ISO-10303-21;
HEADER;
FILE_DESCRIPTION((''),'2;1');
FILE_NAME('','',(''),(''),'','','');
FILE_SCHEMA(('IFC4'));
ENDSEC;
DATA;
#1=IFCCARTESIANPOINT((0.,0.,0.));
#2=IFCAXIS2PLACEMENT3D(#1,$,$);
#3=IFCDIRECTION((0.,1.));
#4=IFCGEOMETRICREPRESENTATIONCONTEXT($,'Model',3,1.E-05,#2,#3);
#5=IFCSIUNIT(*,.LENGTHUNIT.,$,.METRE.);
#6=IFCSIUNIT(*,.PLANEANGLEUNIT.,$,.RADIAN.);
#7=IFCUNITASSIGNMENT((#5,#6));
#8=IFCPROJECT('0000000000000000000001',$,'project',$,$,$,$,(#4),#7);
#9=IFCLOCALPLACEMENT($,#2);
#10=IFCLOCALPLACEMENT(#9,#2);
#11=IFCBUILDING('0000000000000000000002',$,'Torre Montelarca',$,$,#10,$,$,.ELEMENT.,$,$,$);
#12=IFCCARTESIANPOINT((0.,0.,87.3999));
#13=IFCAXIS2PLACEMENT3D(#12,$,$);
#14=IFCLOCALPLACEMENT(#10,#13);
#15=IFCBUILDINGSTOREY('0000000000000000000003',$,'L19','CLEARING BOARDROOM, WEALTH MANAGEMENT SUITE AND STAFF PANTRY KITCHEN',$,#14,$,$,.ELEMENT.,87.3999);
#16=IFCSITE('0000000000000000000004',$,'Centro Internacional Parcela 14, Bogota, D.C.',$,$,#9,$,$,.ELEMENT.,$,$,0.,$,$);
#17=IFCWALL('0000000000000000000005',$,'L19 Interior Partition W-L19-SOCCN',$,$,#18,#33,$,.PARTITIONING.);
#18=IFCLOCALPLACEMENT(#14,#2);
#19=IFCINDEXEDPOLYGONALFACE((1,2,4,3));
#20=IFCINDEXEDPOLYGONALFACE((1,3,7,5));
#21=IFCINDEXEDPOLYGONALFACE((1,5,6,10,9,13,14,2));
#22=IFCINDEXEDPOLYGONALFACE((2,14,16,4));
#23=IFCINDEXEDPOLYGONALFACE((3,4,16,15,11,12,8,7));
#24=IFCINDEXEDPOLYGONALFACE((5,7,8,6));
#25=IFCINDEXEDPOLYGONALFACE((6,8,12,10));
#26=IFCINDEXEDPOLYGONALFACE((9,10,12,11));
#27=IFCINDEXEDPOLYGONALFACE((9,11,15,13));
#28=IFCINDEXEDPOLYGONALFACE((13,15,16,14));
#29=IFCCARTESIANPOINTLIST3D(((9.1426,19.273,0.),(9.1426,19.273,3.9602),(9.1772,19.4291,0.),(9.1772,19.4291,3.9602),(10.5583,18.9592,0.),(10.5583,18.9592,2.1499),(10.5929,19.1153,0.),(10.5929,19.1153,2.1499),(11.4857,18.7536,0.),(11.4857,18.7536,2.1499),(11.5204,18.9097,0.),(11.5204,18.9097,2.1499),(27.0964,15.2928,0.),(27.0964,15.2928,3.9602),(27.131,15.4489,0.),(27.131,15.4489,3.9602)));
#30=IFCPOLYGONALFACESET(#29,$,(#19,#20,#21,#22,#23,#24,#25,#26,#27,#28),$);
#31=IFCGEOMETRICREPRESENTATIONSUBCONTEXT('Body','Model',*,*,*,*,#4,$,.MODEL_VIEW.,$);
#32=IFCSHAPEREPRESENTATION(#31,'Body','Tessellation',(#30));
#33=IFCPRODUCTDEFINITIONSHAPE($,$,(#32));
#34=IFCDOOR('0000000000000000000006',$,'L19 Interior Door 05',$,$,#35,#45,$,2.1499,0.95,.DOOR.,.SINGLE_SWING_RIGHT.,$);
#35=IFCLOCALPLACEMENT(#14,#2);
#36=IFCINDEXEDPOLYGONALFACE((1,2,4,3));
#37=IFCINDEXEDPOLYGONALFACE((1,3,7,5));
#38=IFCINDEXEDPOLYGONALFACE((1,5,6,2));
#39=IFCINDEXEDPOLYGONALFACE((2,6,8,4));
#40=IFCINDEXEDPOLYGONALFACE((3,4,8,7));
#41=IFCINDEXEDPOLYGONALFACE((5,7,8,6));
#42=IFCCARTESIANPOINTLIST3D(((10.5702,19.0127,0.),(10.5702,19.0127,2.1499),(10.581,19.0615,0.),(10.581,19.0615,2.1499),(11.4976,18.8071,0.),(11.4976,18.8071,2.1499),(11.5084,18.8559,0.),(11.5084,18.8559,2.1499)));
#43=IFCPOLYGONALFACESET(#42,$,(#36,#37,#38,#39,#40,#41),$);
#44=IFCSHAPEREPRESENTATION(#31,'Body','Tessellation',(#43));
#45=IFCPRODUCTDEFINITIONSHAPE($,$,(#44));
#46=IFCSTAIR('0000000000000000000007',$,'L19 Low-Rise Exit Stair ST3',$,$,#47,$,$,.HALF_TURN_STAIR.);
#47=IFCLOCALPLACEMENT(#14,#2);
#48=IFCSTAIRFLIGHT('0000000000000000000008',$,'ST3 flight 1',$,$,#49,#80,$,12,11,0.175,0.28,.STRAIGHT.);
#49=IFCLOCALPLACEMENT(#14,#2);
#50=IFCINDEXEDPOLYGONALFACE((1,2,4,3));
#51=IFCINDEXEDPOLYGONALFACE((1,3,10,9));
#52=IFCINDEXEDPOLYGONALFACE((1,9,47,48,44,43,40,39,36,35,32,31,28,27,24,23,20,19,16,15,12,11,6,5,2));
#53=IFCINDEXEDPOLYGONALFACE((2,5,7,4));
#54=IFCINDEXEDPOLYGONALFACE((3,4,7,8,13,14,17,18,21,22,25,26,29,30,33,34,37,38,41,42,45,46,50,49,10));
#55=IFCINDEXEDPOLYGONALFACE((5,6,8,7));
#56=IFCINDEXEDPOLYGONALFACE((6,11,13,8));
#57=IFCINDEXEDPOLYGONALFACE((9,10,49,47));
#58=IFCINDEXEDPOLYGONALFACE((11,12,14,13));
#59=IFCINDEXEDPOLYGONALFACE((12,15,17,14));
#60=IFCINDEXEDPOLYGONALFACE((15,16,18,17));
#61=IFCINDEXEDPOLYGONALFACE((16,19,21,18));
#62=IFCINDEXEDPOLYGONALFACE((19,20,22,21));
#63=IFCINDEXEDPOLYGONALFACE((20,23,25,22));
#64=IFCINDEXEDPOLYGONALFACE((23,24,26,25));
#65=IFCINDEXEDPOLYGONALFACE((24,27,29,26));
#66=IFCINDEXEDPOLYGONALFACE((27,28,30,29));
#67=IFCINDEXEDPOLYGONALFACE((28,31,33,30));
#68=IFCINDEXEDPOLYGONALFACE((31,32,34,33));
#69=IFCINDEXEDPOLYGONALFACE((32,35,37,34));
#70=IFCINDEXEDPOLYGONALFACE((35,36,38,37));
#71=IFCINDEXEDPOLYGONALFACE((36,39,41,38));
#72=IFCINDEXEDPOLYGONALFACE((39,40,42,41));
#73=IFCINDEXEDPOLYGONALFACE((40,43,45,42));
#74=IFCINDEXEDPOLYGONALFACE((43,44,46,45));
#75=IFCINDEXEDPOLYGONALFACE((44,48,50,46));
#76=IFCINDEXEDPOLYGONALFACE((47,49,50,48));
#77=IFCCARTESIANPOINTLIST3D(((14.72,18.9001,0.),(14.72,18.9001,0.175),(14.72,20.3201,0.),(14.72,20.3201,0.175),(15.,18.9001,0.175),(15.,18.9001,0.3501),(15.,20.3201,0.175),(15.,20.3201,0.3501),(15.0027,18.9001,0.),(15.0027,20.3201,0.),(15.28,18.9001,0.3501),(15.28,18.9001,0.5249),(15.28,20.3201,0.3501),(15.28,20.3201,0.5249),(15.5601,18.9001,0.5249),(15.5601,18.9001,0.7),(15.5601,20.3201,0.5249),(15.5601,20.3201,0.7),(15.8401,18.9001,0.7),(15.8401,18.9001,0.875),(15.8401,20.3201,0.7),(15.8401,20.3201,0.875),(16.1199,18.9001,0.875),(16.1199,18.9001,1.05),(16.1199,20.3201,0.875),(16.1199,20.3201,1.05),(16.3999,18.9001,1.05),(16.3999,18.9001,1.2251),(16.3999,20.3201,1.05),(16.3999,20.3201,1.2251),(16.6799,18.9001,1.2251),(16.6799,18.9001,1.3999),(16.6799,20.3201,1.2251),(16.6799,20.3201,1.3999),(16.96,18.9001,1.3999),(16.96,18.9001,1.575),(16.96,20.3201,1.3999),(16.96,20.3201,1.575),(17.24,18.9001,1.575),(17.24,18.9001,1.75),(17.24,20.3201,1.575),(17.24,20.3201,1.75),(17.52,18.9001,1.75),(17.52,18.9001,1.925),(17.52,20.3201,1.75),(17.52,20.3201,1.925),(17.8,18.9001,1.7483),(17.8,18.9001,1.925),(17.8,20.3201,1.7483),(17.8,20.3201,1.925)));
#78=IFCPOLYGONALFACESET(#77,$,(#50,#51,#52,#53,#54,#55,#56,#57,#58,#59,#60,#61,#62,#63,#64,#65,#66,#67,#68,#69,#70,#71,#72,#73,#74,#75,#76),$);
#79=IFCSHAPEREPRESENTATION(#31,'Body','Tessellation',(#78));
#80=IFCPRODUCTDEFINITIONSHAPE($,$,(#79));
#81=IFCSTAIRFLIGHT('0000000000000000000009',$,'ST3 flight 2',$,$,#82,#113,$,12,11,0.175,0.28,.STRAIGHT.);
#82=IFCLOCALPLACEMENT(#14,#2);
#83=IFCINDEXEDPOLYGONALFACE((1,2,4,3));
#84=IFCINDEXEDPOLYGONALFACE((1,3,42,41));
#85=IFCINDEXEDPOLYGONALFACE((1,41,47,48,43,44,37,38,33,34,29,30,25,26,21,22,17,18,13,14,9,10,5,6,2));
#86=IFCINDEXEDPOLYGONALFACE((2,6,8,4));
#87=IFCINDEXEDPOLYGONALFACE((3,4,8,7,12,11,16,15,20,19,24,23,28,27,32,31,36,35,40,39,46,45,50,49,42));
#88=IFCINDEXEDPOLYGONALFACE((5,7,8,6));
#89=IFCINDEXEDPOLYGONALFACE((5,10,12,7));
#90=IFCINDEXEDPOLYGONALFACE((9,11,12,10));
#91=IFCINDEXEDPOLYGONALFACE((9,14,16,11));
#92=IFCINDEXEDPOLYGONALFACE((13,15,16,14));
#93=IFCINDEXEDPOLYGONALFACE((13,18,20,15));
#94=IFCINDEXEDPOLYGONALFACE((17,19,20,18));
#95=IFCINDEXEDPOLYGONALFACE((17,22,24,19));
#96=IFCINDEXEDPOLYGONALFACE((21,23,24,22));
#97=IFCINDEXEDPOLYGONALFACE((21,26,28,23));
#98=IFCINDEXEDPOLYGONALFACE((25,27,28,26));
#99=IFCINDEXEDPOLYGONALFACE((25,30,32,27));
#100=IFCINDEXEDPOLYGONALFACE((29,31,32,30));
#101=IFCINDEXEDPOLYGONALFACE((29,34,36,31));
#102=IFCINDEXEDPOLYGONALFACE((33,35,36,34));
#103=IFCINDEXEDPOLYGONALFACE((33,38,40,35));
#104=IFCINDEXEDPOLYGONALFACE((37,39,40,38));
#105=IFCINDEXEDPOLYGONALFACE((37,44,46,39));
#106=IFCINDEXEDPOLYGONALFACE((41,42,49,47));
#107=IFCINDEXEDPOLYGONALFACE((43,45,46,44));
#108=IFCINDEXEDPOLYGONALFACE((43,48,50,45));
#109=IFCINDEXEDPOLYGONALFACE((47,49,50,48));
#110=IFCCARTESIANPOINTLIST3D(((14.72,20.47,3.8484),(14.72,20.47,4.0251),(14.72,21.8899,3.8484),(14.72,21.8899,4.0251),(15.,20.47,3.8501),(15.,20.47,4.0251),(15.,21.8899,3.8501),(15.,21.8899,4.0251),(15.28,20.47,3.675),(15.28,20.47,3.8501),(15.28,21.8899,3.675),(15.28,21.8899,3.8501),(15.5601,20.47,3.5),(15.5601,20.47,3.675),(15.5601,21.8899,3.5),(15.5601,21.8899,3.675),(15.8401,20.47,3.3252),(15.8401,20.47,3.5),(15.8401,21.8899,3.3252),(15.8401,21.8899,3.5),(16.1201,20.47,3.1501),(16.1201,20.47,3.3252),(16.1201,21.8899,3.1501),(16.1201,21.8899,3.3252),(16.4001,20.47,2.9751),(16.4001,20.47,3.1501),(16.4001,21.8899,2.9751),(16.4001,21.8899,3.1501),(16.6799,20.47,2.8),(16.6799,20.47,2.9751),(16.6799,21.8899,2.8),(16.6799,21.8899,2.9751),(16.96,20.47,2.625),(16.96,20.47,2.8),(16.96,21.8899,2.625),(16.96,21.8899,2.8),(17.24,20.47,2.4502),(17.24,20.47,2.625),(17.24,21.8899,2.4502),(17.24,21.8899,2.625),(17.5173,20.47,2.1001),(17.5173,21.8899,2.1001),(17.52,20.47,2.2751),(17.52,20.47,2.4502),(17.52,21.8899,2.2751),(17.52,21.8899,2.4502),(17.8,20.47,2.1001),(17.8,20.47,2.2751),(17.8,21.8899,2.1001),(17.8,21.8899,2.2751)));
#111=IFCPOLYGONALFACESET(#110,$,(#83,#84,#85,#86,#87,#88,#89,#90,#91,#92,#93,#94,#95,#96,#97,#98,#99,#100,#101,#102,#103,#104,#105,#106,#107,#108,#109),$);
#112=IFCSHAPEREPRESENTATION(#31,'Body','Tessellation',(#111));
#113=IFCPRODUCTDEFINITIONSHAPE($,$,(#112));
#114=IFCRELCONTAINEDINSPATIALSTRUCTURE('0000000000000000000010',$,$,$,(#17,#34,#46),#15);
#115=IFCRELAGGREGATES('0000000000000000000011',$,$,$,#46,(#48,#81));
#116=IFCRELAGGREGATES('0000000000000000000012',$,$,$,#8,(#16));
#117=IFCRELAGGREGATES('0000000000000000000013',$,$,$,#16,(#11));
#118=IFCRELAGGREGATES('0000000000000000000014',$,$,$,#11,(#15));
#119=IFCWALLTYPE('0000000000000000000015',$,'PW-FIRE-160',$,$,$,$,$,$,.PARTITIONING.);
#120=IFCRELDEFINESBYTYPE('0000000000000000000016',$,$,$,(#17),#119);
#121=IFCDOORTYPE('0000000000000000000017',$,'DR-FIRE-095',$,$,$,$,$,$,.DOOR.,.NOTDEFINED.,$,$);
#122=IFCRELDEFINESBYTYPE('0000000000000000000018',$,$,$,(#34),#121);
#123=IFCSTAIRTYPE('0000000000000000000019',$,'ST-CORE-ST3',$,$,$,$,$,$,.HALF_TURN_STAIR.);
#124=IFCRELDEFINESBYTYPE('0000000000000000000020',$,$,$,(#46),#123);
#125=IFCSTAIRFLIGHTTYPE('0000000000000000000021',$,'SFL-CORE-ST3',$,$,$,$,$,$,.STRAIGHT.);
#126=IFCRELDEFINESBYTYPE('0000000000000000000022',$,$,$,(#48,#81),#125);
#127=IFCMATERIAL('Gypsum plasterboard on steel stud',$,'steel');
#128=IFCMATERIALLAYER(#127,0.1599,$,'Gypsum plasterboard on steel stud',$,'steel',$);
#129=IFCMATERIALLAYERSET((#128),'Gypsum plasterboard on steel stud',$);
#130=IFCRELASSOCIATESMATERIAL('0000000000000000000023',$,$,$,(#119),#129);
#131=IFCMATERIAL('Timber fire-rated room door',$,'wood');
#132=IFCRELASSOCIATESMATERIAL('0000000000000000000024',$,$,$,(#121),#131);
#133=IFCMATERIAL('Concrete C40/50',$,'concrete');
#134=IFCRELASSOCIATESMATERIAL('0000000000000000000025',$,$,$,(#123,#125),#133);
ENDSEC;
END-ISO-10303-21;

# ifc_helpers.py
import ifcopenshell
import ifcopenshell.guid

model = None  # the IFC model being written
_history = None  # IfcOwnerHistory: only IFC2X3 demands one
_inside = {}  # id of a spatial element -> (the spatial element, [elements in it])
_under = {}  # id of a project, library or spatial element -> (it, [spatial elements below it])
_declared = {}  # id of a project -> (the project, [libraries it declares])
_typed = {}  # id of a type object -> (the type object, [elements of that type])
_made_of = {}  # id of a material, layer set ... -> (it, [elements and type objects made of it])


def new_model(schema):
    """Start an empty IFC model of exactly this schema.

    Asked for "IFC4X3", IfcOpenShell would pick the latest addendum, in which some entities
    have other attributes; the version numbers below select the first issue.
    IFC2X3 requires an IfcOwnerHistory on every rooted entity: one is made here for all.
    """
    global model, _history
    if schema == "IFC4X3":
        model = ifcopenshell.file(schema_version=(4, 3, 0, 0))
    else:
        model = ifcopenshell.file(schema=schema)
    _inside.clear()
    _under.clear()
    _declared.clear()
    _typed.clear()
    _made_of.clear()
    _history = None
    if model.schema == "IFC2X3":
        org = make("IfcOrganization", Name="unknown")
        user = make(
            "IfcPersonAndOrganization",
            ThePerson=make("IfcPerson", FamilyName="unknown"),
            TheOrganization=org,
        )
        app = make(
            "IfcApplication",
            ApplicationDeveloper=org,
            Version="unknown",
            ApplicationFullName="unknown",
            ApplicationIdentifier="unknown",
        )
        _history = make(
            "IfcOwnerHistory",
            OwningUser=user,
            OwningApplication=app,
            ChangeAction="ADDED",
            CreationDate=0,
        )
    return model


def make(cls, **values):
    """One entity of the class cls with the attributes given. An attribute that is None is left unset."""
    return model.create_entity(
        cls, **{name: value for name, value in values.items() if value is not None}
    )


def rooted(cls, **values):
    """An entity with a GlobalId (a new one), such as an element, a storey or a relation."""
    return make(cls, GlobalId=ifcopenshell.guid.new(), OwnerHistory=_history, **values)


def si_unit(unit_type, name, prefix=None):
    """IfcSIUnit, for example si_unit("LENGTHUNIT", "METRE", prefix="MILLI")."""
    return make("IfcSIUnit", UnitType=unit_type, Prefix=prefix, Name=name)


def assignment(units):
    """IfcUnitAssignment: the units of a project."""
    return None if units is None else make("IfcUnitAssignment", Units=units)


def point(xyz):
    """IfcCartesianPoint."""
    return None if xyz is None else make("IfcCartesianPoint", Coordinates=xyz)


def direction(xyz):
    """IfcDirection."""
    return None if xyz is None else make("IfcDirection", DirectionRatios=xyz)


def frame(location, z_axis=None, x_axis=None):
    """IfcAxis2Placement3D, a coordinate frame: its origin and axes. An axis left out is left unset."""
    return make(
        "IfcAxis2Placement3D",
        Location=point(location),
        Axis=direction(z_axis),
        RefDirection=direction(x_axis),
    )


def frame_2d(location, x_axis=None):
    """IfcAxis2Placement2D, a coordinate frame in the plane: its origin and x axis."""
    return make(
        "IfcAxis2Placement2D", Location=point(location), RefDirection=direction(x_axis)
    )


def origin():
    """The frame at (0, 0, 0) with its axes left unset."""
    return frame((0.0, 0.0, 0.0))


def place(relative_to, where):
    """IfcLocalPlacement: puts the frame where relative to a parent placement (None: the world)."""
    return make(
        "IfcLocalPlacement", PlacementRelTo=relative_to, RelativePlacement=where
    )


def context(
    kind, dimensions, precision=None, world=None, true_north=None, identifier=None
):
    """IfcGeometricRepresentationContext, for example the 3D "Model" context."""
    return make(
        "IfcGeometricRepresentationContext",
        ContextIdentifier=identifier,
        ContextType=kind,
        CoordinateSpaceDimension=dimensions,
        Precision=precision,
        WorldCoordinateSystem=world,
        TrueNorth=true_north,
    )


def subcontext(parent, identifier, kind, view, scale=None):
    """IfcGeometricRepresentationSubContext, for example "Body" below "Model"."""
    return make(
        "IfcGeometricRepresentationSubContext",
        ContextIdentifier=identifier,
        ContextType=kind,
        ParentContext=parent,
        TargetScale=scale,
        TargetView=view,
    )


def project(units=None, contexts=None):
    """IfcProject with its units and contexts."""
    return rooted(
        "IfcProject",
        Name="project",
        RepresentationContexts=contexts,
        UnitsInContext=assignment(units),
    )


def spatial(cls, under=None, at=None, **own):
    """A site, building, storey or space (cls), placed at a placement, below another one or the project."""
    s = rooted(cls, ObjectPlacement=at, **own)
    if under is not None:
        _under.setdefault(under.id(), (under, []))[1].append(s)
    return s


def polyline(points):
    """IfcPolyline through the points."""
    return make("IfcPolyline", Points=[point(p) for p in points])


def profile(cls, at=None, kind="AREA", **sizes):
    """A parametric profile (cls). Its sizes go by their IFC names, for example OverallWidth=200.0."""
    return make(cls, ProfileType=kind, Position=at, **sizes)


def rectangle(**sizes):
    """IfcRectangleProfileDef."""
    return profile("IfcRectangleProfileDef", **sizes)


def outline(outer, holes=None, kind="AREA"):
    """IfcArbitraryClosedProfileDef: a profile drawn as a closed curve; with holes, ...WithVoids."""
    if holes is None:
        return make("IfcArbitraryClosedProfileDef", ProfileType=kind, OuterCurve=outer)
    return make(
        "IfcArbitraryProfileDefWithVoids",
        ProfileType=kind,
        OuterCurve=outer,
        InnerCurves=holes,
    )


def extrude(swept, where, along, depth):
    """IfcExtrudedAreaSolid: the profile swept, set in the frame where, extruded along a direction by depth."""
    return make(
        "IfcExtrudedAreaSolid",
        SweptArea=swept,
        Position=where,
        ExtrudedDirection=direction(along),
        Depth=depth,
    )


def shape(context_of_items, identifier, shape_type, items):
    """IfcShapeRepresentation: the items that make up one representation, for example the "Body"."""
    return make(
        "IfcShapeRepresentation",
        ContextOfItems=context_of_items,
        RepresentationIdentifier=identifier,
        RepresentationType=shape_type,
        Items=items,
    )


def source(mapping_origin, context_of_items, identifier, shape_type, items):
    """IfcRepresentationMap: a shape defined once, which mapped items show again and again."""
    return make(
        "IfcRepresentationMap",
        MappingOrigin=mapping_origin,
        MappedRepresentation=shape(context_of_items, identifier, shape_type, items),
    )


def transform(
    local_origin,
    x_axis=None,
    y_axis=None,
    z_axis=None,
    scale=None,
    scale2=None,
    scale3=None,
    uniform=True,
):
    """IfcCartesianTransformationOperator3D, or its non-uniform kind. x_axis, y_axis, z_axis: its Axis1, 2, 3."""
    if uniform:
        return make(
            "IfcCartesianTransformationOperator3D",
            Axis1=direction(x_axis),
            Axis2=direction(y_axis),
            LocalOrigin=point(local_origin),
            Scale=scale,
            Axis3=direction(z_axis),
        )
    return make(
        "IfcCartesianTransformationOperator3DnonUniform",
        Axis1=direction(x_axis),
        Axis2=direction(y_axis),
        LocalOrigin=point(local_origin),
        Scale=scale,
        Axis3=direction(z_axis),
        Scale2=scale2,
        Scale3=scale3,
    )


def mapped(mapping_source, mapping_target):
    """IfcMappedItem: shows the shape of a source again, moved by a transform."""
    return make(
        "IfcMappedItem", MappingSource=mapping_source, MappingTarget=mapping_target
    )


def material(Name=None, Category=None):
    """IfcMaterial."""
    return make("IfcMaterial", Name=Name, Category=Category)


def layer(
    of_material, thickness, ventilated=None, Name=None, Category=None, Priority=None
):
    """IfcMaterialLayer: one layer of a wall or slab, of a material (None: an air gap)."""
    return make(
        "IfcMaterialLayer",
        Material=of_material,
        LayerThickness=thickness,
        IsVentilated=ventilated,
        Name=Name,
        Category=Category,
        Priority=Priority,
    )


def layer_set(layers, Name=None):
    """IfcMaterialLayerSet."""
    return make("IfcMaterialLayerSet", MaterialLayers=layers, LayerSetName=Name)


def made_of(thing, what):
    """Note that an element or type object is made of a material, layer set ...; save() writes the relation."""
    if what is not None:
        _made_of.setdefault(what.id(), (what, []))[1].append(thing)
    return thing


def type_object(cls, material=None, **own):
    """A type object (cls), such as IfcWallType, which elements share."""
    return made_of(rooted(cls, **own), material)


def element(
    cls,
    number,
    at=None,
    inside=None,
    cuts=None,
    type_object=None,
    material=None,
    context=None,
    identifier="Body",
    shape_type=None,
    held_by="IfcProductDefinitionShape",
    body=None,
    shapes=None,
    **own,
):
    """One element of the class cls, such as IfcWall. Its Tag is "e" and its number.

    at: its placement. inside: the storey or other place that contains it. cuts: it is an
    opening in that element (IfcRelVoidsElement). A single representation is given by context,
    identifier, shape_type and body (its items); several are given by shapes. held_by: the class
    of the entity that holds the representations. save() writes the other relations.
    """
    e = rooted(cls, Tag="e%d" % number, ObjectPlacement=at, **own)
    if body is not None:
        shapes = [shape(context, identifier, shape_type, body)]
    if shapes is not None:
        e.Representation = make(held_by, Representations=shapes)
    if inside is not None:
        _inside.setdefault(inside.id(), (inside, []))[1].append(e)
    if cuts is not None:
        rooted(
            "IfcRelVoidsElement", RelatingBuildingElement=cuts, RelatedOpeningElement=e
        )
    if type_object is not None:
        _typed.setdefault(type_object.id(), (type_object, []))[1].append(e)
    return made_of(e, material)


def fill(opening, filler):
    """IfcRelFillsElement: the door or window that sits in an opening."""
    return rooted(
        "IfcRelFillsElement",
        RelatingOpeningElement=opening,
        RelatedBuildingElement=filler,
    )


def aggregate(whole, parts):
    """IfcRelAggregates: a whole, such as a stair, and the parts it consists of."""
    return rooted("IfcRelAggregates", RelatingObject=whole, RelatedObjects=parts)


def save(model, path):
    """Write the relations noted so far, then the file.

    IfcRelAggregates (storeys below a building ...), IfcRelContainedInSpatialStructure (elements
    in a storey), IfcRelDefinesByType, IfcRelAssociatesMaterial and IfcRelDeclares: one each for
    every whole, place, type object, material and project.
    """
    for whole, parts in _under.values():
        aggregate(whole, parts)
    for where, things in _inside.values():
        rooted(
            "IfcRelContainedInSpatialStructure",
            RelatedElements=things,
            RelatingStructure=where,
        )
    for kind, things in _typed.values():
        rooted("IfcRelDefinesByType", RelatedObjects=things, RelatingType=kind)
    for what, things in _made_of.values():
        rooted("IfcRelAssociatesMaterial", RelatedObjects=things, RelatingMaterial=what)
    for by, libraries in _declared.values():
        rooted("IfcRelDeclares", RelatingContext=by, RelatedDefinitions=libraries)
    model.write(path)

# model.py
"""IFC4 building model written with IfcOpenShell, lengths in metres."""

from ifc_helpers import new_model, si_unit, direction, frame, frame_2d, origin, place, context, subcontext, project, spatial, polyline, rectangle, outline, extrude, source, transform, mapped, material, layer, layer_set, type_object, element, fill, aggregate, save


model = new_model("IFC4")

# Units and contexts
model_context = context("Model", 3, precision=1e-05, world=origin(), true_north=direction((0.0, 1.0)))
body_context = subcontext(model_context, "Body", "Model", "MODEL_VIEW")
ifc_project = project(units=[si_unit("LENGTHUNIT", "METRE"), si_unit("PLANEANGLEUNIT", "RADIAN")], contexts=[model_context])

# Site, building, storey
site_placement = place(None, origin())
site = spatial("IfcSite", under=ifc_project, at=site_placement, Name="Centro Internacional Parcela 14, Bogota, D.C.", CompositionType="ELEMENT", RefElevation=0.0)
building_placement = place(site_placement, origin())
building = spatial("IfcBuilding", under=site, at=building_placement, Name="Torre Montelarca", CompositionType="ELEMENT")
storey_placement = place(building_placement, frame((0.0, 0.0, 87.3999)))
storey = spatial("IfcBuildingStorey", under=building, at=storey_placement, Name="L19", Description="CLEARING BOARDROOM, WEALTH MANAGEMENT SUITE AND STAFF PANTRY KITCHEN", CompositionType="ELEMENT", Elevation=87.3999)

# Shared definitions
ifc_material_1 = material(Name="Concrete C40/50", Category="concrete")

# Wall, opening, door
ifc_material_2 = material(Name="Gypsum plasterboard on steel stud", Category="steel")
ifc_layer_1 = layer(ifc_material_2, 0.1599, Name="Gypsum plasterboard on steel stud", Category="steel")
ifc_layer_set_1 = layer_set([ifc_layer_1], Name="Gypsum plasterboard on steel stud")
wall_type_1 = type_object("IfcWallType", Name="PW-FIRE-160", PredefinedType="PARTITIONING", material=ifc_layer_set_1)
wall_1_placement = place(storey_placement, frame((9.1599, 19.3511, 0.0), z_axis=(0.0, 0.0, 1.0), x_axis=(0.976297, -0.216437, 0.0)))
wall_1 = element("IfcWall", 1, at=wall_1_placement, inside=storey, type_object=wall_type_1, Name="L19 Interior Partition W-L19-SOCCN", PredefinedType="PARTITIONING", context=body_context, shape_type="SweptSolid", body=[
    extrude(rectangle(XDim=18.3896, YDim=0.1599, at=frame_2d((9.1948, 0.0))), origin(), (0.0, 0.0, 1.0), 3.9602),
])
opening_1_placement = place(wall_1_placement, frame((1.45, 0.0, 0.0)))
opening_1 = element("IfcOpeningElement", 2, at=opening_1_placement, cuts=wall_1, PredefinedType="OPENING", context=body_context, shape_type="SweptSolid", body=[
    extrude(rectangle(XDim=0.95, YDim=2.1499, at=frame_2d((0.4751, 1.075))), frame((0.0, 0.0898, 0.0), z_axis=(0.0, -1.0, 0.0), x_axis=(1.0, 0.0, 0.0)), (0.0, 0.0, 1.0), 0.1799),
])
ifc_material_3 = material(Name="Timber fire-rated room door", Category="wood")
door_type_1 = type_object("IfcDoorType", Name="DR-FIRE-095", OperationType="NOTDEFINED", PredefinedType="DOOR", material=ifc_material_3)
shared_shape_1 = source(origin(), body_context, "Body", "SweptSolid", [
    extrude(rectangle(XDim=0.95, YDim=2.1499, at=frame_2d((0.4751, 1.075))), frame((0.0, 0.0249, 0.0), z_axis=(0.0, -1.0, 0.0), x_axis=(1.0, 0.0, 0.0)), (0.0, 0.0, 1.0), 0.05),
])
door_1_placement = place(opening_1_placement, origin())
door_1 = element("IfcDoor", 3, at=door_1_placement, inside=storey, type_object=door_type_1, Name="L19 Interior Door 05", OperationType="SINGLE_SWING_RIGHT", OverallHeight=2.1499, OverallWidth=0.95, PredefinedType="DOOR", context=body_context, shape_type="MappedRepresentation", body=[
    mapped(shared_shape_1, transform((0.0, 0.0, 0.0), scale=1.0)),
])
fill(opening_1, door_1)

# Stair, stair flights
stair_type = type_object("IfcStairType", Name="ST-CORE-ST3", PredefinedType="HALF_TURN_STAIR", material=ifc_material_1)
stair_placement = place(storey_placement, origin())
stair = element("IfcStair", 4, at=stair_placement, inside=storey, type_object=stair_type, Name="L19 Low-Rise Exit Stair ST3", PredefinedType="HALF_TURN_STAIR")
stair_flight_type = type_object("IfcStairFlightType", Name="SFL-CORE-ST3", PredefinedType="STRAIGHT", material=ifc_material_1)
stair_flight_1_placement = place(storey_placement, frame((14.72, 19.6101, 0.0), z_axis=(0.0, 0.0, 1.0), x_axis=(1.0, 0.0, 0.0)))
stair_flight_1 = element("IfcStairFlight", 5, at=stair_flight_1_placement, type_object=stair_flight_type, Name="ST3 flight 1", NumberOfRisers=12, NumberOfTreads=11, PredefinedType="STRAIGHT", RiserHeight=0.175, TreadLength=0.28, context=body_context, shape_type="SweptSolid", body=[
    extrude(outline(polyline([(0.0, 0.0), (0.0, 0.175), (0.28, 0.175), (0.28, 0.3501), (0.5601, 0.3501), (0.5601, 0.5249), (0.8401, 0.5249), (0.8401, 0.7), (1.1201, 0.7), (1.1201, 0.875), (1.3999, 0.875), (1.3999, 1.05), (1.6799, 1.05), (1.6799, 1.2251), (1.96, 1.2251), (1.96, 1.3999), (2.24, 1.3999), (2.24, 1.575), (2.52, 1.575), (2.52, 1.75), (2.8, 1.75), (2.8, 1.925), (3.0801, 1.925), (3.0801, 2.1001), (3.0801, 1.7483), (0.2827, 0.0), (0.0, 0.0)])), frame((0.0, 0.71, 0.0), z_axis=(0.0, -1.0, 0.0), x_axis=(1.0, 0.0, 0.0)), (0.0, 0.0, 1.0), 1.4199),
])
stair_flight_2_placement = place(storey_placement, frame((17.8, 21.1799, 2.1001), z_axis=(0.0, 0.0, 1.0), x_axis=(-1.0, 0.0, 0.0)))
stair_flight_2 = element("IfcStairFlight", 6, at=stair_flight_2_placement, type_object=stair_flight_type, Name="ST3 flight 2", NumberOfRisers=12, NumberOfTreads=11, PredefinedType="STRAIGHT", RiserHeight=0.175, TreadLength=0.28, context=body_context, shape_type="SweptSolid", body=[
    extrude(outline(polyline([(0.0, 0.0), (0.0, 0.175), (0.28, 0.175), (0.28, 0.3501), (0.5601, 0.3501), (0.5601, 0.5249), (0.8401, 0.5249), (0.8401, 0.7), (1.1201, 0.7), (1.1201, 0.875), (1.3999, 0.875), (1.3999, 1.05), (1.6799, 1.05), (1.6799, 1.2251), (1.96, 1.2251), (1.96, 1.3999), (2.24, 1.3999), (2.24, 1.575), (2.52, 1.575), (2.52, 1.75), (2.8, 1.75), (2.8, 1.925), (3.0801, 1.925), (3.0801, 2.1001), (3.0801, 1.7483), (0.2827, 0.0), (0.0, 0.0)])), frame((0.0, 0.71, 0.0), z_axis=(0.0, -1.0, 0.0), x_axis=(1.0, 0.0, 0.0)), (0.0, 0.0, 1.0), 1.4199),
])
aggregate(stair, [stair_flight_1, stair_flight_2])

save(model, "model.ifc")
